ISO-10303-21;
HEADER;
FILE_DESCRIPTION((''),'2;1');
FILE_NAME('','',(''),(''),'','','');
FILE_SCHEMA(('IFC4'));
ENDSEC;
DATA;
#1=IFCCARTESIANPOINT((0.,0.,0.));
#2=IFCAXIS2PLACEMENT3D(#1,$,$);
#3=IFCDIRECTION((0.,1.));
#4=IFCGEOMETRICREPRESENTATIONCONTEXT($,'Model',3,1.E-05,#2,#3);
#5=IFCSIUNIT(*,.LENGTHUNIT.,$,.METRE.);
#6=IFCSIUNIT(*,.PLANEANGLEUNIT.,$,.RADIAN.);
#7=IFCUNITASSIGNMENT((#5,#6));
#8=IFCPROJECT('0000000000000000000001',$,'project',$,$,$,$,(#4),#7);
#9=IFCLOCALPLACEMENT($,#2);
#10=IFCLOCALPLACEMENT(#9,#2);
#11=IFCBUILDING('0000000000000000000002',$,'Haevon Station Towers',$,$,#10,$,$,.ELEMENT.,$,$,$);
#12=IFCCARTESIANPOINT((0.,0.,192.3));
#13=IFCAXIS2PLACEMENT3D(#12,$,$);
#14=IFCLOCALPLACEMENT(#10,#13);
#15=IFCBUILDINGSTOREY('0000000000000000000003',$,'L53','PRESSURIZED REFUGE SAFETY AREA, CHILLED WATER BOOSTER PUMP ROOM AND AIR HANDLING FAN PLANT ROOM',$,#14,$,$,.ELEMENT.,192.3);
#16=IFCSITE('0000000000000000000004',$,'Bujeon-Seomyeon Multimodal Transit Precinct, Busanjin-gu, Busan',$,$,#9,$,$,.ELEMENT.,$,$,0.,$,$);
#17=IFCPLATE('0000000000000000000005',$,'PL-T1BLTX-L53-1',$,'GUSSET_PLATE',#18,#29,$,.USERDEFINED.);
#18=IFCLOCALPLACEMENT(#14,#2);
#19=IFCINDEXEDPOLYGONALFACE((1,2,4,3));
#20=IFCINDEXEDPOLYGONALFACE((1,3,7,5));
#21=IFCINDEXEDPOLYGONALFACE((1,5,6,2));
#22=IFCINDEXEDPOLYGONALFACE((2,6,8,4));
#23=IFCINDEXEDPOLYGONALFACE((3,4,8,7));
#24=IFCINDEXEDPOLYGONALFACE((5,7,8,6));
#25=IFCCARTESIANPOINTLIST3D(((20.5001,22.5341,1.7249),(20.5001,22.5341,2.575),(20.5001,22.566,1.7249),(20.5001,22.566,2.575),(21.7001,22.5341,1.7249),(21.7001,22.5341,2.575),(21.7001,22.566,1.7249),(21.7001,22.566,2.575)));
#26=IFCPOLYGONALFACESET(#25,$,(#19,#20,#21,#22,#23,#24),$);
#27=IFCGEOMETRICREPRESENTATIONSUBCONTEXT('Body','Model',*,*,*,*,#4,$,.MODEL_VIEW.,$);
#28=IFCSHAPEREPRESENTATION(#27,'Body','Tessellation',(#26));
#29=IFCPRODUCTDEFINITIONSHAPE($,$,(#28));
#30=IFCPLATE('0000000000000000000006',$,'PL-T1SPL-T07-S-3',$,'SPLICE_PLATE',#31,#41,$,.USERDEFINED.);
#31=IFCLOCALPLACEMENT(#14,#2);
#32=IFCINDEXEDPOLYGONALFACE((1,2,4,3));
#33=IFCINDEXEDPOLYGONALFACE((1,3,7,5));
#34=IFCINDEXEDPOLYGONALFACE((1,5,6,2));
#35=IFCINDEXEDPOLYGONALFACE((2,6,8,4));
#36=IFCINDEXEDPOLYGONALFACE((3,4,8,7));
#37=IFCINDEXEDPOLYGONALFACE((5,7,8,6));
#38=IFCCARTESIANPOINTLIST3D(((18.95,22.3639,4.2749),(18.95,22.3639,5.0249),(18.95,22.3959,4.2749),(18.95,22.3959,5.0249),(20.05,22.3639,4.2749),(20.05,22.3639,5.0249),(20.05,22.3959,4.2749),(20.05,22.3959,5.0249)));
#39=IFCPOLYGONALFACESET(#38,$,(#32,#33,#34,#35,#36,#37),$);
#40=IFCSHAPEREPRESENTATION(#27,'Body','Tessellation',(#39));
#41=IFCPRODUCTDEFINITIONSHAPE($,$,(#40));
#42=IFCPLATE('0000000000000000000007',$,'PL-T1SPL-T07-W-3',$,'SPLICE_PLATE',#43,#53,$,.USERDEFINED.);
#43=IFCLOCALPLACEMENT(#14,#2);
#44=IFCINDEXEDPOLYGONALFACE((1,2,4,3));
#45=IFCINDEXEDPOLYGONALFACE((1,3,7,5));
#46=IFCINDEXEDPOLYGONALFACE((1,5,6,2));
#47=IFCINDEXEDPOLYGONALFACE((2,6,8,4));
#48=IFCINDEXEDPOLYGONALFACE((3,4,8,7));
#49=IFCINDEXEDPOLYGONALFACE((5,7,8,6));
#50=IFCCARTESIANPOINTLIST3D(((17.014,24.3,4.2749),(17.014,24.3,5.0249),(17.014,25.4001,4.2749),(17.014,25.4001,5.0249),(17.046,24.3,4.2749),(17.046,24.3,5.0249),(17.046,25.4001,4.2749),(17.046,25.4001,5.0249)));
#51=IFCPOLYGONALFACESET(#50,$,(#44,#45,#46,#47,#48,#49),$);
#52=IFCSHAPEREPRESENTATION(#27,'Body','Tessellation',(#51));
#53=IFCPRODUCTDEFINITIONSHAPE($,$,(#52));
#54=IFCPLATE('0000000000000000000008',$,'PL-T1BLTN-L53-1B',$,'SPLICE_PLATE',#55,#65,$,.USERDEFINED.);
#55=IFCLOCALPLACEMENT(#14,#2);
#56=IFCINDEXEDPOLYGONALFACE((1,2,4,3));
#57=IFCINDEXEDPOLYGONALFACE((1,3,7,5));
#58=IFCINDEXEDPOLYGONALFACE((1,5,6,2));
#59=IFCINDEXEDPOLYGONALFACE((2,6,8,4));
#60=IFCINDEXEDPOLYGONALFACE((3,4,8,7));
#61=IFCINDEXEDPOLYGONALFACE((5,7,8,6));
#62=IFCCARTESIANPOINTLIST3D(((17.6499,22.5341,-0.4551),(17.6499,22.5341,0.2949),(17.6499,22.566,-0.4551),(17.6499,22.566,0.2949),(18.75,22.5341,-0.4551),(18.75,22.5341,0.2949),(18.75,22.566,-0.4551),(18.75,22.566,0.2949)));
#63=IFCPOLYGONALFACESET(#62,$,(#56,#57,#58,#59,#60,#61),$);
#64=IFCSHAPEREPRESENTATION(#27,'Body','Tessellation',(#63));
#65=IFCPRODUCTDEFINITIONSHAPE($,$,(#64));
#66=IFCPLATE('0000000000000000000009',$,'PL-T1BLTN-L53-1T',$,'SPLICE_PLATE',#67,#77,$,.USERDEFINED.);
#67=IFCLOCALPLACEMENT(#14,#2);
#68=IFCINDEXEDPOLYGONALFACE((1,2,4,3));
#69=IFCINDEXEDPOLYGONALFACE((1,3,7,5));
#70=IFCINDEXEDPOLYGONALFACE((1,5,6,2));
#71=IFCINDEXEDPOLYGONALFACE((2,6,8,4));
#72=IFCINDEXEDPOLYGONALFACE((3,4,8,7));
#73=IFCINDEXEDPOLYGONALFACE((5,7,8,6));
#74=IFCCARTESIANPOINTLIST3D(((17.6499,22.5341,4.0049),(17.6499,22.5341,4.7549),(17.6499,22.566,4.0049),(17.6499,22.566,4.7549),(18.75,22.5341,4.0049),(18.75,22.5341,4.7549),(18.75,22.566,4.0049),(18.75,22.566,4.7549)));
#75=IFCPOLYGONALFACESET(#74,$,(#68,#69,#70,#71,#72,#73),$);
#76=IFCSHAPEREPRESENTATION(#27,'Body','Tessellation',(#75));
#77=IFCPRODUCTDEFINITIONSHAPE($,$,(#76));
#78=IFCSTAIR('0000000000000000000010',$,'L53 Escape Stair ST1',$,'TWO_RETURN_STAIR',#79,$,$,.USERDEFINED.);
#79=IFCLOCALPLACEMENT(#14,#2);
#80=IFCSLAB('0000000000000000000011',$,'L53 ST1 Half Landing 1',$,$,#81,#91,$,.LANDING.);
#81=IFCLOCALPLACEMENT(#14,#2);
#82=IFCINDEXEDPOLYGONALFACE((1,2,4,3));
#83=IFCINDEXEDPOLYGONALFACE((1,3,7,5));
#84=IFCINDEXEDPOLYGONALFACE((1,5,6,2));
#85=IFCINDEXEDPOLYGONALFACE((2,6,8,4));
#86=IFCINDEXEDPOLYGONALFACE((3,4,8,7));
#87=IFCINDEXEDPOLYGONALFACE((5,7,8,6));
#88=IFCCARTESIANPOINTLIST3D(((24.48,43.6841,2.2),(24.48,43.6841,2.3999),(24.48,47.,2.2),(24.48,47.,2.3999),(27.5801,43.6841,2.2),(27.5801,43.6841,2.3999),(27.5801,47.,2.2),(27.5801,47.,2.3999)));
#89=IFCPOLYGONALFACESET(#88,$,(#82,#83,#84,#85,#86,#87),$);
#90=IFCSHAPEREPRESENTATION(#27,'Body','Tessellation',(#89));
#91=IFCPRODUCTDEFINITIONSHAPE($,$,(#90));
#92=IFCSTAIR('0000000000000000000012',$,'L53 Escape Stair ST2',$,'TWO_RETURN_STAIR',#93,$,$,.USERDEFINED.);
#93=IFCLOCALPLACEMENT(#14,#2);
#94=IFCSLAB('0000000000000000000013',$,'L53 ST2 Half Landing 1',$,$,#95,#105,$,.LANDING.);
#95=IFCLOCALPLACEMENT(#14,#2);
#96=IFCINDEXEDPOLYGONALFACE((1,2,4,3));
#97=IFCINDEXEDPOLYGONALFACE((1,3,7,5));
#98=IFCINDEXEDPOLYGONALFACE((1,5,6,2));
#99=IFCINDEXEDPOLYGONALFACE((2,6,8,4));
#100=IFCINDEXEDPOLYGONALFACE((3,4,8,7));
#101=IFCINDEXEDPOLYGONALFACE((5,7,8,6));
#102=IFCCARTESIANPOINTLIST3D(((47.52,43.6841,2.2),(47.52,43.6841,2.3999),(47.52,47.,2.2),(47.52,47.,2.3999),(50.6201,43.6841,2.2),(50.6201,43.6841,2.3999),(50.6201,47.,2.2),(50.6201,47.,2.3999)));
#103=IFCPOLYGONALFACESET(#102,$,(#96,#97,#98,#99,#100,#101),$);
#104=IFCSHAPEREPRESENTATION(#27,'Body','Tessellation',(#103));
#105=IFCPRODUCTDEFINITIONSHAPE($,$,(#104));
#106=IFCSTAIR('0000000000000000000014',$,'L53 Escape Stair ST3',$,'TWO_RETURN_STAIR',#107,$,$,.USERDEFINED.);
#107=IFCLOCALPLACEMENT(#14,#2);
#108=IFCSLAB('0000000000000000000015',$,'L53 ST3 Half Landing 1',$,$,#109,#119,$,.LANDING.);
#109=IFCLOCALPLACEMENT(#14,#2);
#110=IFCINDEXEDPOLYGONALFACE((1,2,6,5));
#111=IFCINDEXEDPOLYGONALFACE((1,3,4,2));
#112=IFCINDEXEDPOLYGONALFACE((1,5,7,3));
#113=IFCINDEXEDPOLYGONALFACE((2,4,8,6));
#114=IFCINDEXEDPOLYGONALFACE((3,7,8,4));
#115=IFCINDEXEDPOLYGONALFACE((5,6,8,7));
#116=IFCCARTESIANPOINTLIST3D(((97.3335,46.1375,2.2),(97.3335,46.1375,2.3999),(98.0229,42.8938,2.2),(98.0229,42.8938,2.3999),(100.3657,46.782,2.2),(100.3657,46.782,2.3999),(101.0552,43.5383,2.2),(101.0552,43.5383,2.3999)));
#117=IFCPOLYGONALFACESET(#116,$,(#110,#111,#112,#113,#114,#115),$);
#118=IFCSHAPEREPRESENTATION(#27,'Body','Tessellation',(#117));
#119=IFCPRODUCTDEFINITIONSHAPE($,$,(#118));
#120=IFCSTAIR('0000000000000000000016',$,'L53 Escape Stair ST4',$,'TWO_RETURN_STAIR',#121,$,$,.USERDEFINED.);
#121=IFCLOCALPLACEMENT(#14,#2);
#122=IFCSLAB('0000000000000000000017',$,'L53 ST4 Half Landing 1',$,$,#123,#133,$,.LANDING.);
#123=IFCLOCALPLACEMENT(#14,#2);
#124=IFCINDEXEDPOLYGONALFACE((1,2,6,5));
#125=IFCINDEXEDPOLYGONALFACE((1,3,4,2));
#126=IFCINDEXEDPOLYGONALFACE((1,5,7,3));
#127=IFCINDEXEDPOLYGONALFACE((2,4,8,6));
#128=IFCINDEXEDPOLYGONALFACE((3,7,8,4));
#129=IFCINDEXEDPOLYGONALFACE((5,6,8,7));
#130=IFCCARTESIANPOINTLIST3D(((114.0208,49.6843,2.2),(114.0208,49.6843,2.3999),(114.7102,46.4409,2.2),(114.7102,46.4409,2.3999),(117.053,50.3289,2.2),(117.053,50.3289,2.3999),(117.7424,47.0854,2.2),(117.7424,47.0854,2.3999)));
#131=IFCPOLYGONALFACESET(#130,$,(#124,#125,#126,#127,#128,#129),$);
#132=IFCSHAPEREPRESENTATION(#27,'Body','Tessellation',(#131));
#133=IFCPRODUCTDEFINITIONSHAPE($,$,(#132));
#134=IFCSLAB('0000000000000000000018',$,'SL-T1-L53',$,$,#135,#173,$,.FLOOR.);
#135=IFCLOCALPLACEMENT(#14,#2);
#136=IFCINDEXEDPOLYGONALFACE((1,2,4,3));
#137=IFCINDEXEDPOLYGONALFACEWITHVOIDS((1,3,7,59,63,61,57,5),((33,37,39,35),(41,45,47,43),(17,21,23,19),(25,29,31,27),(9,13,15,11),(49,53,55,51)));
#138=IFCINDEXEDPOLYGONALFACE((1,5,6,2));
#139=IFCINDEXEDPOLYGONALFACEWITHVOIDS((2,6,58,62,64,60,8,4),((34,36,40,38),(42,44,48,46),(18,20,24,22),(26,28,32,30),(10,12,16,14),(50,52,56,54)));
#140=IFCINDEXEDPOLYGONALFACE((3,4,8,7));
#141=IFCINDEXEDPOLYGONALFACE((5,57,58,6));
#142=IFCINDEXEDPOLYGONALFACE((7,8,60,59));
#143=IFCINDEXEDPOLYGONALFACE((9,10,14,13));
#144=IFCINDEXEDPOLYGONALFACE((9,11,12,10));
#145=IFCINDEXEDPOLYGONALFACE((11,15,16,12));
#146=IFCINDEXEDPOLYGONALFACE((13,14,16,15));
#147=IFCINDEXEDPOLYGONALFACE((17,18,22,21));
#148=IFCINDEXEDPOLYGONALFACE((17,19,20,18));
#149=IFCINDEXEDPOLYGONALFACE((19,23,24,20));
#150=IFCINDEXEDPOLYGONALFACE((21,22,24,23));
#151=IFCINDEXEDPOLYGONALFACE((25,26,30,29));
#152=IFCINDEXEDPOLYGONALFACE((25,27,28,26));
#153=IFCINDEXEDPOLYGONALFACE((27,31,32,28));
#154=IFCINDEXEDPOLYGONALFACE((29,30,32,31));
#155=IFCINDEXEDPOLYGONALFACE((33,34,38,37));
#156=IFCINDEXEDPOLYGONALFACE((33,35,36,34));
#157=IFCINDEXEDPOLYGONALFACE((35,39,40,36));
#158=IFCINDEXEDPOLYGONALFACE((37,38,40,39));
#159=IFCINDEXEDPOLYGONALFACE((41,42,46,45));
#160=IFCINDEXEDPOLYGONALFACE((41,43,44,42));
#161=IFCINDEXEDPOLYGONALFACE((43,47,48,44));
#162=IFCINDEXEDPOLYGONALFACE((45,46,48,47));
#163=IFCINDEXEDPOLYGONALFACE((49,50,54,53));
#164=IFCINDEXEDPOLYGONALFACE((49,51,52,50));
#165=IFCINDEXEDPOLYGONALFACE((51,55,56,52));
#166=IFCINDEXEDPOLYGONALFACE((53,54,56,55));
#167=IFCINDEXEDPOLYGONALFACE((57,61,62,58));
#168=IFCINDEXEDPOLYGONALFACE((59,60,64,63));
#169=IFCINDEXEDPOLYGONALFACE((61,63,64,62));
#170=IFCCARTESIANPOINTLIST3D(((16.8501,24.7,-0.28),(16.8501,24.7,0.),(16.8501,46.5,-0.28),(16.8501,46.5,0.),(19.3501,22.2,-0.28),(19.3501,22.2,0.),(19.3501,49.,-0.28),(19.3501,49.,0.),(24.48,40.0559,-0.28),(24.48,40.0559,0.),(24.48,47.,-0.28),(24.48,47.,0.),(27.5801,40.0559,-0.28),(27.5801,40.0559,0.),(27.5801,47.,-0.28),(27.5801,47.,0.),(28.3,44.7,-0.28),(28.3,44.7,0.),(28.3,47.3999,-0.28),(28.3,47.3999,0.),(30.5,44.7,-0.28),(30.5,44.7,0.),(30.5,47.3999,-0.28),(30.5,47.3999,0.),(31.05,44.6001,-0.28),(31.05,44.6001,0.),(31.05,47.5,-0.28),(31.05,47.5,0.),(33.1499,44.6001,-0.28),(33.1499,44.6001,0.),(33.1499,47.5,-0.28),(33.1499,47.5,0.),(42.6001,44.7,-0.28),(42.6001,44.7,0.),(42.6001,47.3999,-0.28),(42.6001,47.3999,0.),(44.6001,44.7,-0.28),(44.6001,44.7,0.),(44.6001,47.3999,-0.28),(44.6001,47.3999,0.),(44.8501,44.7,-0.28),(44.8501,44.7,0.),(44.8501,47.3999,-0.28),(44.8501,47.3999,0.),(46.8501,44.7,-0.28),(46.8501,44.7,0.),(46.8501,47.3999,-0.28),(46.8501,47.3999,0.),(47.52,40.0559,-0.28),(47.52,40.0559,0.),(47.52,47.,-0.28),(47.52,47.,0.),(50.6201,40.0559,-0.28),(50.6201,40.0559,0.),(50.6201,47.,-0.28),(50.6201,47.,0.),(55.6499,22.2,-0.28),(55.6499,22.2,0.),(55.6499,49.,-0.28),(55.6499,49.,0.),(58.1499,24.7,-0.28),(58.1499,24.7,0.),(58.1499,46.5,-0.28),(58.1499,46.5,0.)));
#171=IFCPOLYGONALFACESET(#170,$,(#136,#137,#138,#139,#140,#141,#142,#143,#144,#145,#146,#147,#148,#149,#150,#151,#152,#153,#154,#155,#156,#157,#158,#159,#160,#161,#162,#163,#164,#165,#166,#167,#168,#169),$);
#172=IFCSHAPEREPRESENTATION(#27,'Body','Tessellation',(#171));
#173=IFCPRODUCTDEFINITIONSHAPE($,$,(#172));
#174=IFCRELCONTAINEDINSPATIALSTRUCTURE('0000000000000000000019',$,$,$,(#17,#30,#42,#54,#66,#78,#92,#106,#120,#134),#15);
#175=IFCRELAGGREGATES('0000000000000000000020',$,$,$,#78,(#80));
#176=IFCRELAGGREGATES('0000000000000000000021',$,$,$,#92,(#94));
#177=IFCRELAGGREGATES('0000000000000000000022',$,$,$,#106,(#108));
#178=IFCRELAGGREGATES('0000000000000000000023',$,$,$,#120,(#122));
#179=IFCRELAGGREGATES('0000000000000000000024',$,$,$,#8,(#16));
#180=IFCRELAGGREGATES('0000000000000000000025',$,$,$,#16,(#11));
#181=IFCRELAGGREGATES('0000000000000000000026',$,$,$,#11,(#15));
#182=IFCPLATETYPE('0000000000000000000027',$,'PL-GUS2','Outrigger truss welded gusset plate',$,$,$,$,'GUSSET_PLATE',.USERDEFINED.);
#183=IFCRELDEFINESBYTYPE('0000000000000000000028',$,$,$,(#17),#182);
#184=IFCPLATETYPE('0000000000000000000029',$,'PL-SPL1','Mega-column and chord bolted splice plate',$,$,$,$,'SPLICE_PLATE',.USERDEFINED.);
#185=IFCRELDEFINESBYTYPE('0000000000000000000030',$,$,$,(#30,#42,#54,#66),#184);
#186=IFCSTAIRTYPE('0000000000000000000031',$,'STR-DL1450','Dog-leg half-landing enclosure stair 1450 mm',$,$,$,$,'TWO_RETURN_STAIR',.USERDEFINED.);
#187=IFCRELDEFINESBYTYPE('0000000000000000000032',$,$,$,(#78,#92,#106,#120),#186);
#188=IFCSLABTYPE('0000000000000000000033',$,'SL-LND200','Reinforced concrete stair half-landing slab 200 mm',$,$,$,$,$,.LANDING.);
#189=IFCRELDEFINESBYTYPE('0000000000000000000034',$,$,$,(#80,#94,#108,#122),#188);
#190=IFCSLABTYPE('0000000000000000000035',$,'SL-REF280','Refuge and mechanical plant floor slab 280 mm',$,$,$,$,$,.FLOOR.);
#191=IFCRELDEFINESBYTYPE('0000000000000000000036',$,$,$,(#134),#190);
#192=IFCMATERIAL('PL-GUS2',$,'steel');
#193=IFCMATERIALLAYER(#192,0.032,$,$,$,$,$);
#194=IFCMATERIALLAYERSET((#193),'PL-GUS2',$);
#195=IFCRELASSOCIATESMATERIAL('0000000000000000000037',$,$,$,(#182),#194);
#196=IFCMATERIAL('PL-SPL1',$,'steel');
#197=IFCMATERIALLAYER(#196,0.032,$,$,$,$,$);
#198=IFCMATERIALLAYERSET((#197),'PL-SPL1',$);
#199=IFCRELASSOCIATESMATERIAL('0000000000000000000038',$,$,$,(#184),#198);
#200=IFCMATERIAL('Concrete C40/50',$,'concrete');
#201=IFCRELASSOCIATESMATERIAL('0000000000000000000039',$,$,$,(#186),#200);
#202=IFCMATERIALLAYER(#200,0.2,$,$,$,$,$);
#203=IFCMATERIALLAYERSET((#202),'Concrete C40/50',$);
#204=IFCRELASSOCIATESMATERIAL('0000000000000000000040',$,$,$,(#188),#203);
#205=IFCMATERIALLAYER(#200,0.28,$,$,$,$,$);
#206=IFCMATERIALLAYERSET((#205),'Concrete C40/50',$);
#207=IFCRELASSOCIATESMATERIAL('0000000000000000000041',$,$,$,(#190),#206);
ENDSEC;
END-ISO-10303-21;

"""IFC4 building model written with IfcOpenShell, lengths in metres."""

from ifc_helpers import new_model, si_unit, direction, frame, origin, origin_2d, place, context, subcontext, project, spatial, polyline, rectangle, outline, extrude, material, layer, layer_set, type_object, element, aggregate, save


model = new_model("IFC4")

# Units and contexts
model_context = context("Model", 3, precision=1e-05, world=origin(), true_north=direction((0.0, 1.0)))
body_context = subcontext(model_context, "Body", "Model", "MODEL_VIEW")
ifc_project = project(units=[si_unit("LENGTHUNIT", "METRE"), si_unit("PLANEANGLEUNIT", "RADIAN")], contexts=[model_context])

# Site, building, storey
site_placement = place(None, origin())
site = spatial("IfcSite", under=ifc_project, at=site_placement, Name="Bujeon-Seomyeon Multimodal Transit Precinct, Busanjin-gu, Busan", CompositionType="ELEMENT", RefElevation=0.0)
building_placement = place(site_placement, origin())
building = spatial("IfcBuilding", under=site, at=building_placement, Name="Haevon Station Towers", CompositionType="ELEMENT")
storey_placement = place(building_placement, frame((0.0, 0.0, 192.3)))
storey = spatial("IfcBuildingStorey", under=building, at=storey_placement, Name="L53", Description="PRESSURIZED REFUGE SAFETY AREA, CHILLED WATER BOOSTER PUMP ROOM AND AIR HANDLING FAN PLANT ROOM", CompositionType="ELEMENT", Elevation=192.3)

# Plates
ifc_material_1 = material(Name="PL-GUS2", Category="steel")
ifc_layer_1 = layer(ifc_material_1, 0.032)
ifc_layer_set_1 = layer_set([ifc_layer_1], Name="PL-GUS2")
plate_type_1 = type_object("IfcPlateType", Name="PL-GUS2", Description="Outrigger truss welded gusset plate", ElementType="GUSSET_PLATE", PredefinedType="USERDEFINED", material=ifc_layer_set_1)
plate_1_placement = place(storey_placement, frame((21.1001, 22.55, 1.7249), z_axis=(0.0, 0.0, 1.0), x_axis=(1.0, 0.0, 0.0)))
element("IfcPlate", 1, at=plate_1_placement, inside=storey, type_object=plate_type_1, Name="PL-T1BLTX-L53-1", ObjectType="GUSSET_PLATE", PredefinedType="USERDEFINED", context=body_context, shape_type="SweptSolid", body=[
    extrude(rectangle(XDim=1.2, YDim=0.032, at=origin_2d()), origin(), (0.0, 0.0, 1.0), 0.8501),
])
ifc_material_2 = material(Name="PL-SPL1", Category="steel")
ifc_layer_2 = layer(ifc_material_2, 0.032)
ifc_layer_set_2 = layer_set([ifc_layer_2], Name="PL-SPL1")
plate_type_2 = type_object("IfcPlateType", Name="PL-SPL1", Description="Mega-column and chord bolted splice plate", ElementType="SPLICE_PLATE", PredefinedType="USERDEFINED", material=ifc_layer_set_2)
for number, where, z_axis, x_axis, name in (
    (2, (19.5, 22.3799, 4.2749), (0.0, 0.0, 1.0), (1.0, 0.0, 0.0), "PL-T1SPL-T07-S-3"),
    (3, (17.03, 24.8501, 4.2749), (0.0, 0.0, 1.0), (0.0, 1.0, 0.0), "PL-T1SPL-T07-W-3"),
    (4, (18.2, 22.55, -0.4551), (0.0, 0.0, 1.0), (1.0, 0.0, 0.0), "PL-T1BLTN-L53-1B"),
    (5, (18.2, 22.55, 4.0049), (0.0, 0.0, 1.0), (1.0, 0.0, 0.0), "PL-T1BLTN-L53-1T"),
):
    element("IfcPlate", number, at=place(storey_placement, frame(where, z_axis=z_axis, x_axis=x_axis)), inside=storey, type_object=plate_type_2, Name=name, ObjectType="SPLICE_PLATE", PredefinedType="USERDEFINED", context=body_context, shape_type="SweptSolid", body=[
        extrude(rectangle(XDim=1.1001, YDim=0.032, at=origin_2d()), origin(), (0.0, 0.0, 1.0), 0.75),
    ])

# Stairs, slabs
ifc_material_3 = material(Name="Concrete C40/50", Category="concrete")
stair_type = type_object("IfcStairType", Name="STR-DL1450", Description="Dog-leg half-landing enclosure stair 1450 mm", ElementType="TWO_RETURN_STAIR", PredefinedType="USERDEFINED", material=ifc_material_3)
stair_1_placement = place(storey_placement, origin())
stair_1 = element("IfcStair", 6, at=stair_1_placement, inside=storey, type_object=stair_type, Name="L53 Escape Stair ST1", ObjectType="TWO_RETURN_STAIR", PredefinedType="USERDEFINED")
ifc_layer_3 = layer(ifc_material_3, 0.2)
ifc_layer_set_3 = layer_set([ifc_layer_3], Name="Concrete C40/50")
slab_type_1 = type_object("IfcSlabType", Name="SL-LND200", Description="Reinforced concrete stair half-landing slab 200 mm", PredefinedType="LANDING", material=ifc_layer_set_3)
slab_1_placement = place(storey_placement, frame((0.0, 0.0, 2.2)))
slab_1 = element("IfcSlab", 7, at=slab_1_placement, type_object=slab_type_1, Name="L53 ST1 Half Landing 1", PredefinedType="LANDING", context=body_context, shape_type="SweptSolid", body=[
    extrude(outline(polyline([(27.5801, 43.6841), (27.5801, 47.0), (24.48, 47.0), (24.48, 43.6841), (27.5801, 43.6841)])), origin(), (0.0, 0.0, 1.0), 0.2),
])
aggregate(stair_1, [slab_1])
stair_2_placement = place(storey_placement, origin())
stair_2 = element("IfcStair", 8, at=stair_2_placement, inside=storey, type_object=stair_type, Name="L53 Escape Stair ST2", ObjectType="TWO_RETURN_STAIR", PredefinedType="USERDEFINED")
slab_2_placement = place(storey_placement, frame((0.0, 0.0, 2.2)))
slab_2 = element("IfcSlab", 9, at=slab_2_placement, type_object=slab_type_1, Name="L53 ST2 Half Landing 1", PredefinedType="LANDING", context=body_context, shape_type="SweptSolid", body=[
    extrude(outline(polyline([(50.6201, 43.6841), (50.6201, 47.0), (47.52, 47.0), (47.52, 43.6841), (50.6201, 43.6841)])), origin(), (0.0, 0.0, 1.0), 0.2),
])
aggregate(stair_2, [slab_2])
stair_3_placement = place(storey_placement, origin())
stair_3 = element("IfcStair", 10, at=stair_3_placement, inside=storey, type_object=stair_type, Name="L53 Escape Stair ST3", ObjectType="TWO_RETURN_STAIR", PredefinedType="USERDEFINED")
slab_3_placement = place(storey_placement, frame((0.0, 0.0, 2.2)))
slab_3 = element("IfcSlab", 11, at=slab_3_placement, type_object=slab_type_1, Name="L53 ST3 Half Landing 1", PredefinedType="LANDING", context=body_context, shape_type="SweptSolid", body=[
    extrude(outline(polyline([(101.0552, 43.5383), (100.3657, 46.782), (97.3335, 46.1375), (98.0229, 42.8938), (101.0552, 43.5383)])), origin(), (0.0, 0.0, 1.0), 0.2),
])
aggregate(stair_3, [slab_3])
stair_4_placement = place(storey_placement, origin())
stair_4 = element("IfcStair", 12, at=stair_4_placement, inside=storey, type_object=stair_type, Name="L53 Escape Stair ST4", ObjectType="TWO_RETURN_STAIR", PredefinedType="USERDEFINED")
slab_4_placement = place(storey_placement, frame((0.0, 0.0, 2.2)))
slab_4 = element("IfcSlab", 13, at=slab_4_placement, type_object=slab_type_1, Name="L53 ST4 Half Landing 1", PredefinedType="LANDING", context=body_context, shape_type="SweptSolid", body=[
    extrude(outline(polyline([(117.7424, 47.0854), (117.053, 50.3289), (114.0208, 49.6843), (114.7102, 46.4409), (117.7424, 47.0854)])), origin(), (0.0, 0.0, 1.0), 0.2),
])
aggregate(stair_4, [slab_4])

# Slab
ifc_layer_4 = layer(ifc_material_3, 0.28)
ifc_layer_set_4 = layer_set([ifc_layer_4], Name="Concrete C40/50")
slab_type_2 = type_object("IfcSlabType", Name="SL-REF280", Description="Refuge and mechanical plant floor slab 280 mm", PredefinedType="FLOOR", material=ifc_layer_set_4)
slab_5_placement = place(storey_placement, frame((0.0, 0.0, -0.28)))
element("IfcSlab", 14, at=slab_5_placement, inside=storey, type_object=slab_type_2, Name="SL-T1-L53", PredefinedType="FLOOR", context=body_context, shape_type="SweptSolid", body=[
    extrude(outline(polyline([(19.3501, 22.2), (55.6499, 22.2), (58.1499, 24.7), (58.1499, 46.5), (55.6499, 49.0), (19.3501, 49.0), (16.8501, 46.5), (16.8501, 24.7), (19.3501, 22.2)]), holes=[polyline([(27.5801, 40.0559), (27.5801, 47.0), (24.48, 47.0), (24.48, 40.0559), (27.5801, 40.0559)]), polyline([(50.6201, 40.0559), (50.6201, 47.0), (47.52, 47.0), (47.52, 40.0559), (50.6201, 40.0559)]), polyline([(28.3, 44.7), (30.5, 44.7), (30.5, 47.3999), (28.3, 47.3999), (28.3, 44.7)]), polyline([(31.05, 44.6001), (33.1499, 44.6001), (33.1499, 47.5), (31.05, 47.5), (31.05, 44.6001)]), polyline([(42.6001, 44.7), (44.6001, 44.7), (44.6001, 47.3999), (42.6001, 47.3999), (42.6001, 44.7)]), polyline([(44.8501, 44.7), (46.8501, 44.7), (46.8501, 47.3999), (44.8501, 47.3999), (44.8501, 44.7)])]), origin(), (0.0, 0.0, 1.0), 0.28),
])

save(model, "model.ifc")
